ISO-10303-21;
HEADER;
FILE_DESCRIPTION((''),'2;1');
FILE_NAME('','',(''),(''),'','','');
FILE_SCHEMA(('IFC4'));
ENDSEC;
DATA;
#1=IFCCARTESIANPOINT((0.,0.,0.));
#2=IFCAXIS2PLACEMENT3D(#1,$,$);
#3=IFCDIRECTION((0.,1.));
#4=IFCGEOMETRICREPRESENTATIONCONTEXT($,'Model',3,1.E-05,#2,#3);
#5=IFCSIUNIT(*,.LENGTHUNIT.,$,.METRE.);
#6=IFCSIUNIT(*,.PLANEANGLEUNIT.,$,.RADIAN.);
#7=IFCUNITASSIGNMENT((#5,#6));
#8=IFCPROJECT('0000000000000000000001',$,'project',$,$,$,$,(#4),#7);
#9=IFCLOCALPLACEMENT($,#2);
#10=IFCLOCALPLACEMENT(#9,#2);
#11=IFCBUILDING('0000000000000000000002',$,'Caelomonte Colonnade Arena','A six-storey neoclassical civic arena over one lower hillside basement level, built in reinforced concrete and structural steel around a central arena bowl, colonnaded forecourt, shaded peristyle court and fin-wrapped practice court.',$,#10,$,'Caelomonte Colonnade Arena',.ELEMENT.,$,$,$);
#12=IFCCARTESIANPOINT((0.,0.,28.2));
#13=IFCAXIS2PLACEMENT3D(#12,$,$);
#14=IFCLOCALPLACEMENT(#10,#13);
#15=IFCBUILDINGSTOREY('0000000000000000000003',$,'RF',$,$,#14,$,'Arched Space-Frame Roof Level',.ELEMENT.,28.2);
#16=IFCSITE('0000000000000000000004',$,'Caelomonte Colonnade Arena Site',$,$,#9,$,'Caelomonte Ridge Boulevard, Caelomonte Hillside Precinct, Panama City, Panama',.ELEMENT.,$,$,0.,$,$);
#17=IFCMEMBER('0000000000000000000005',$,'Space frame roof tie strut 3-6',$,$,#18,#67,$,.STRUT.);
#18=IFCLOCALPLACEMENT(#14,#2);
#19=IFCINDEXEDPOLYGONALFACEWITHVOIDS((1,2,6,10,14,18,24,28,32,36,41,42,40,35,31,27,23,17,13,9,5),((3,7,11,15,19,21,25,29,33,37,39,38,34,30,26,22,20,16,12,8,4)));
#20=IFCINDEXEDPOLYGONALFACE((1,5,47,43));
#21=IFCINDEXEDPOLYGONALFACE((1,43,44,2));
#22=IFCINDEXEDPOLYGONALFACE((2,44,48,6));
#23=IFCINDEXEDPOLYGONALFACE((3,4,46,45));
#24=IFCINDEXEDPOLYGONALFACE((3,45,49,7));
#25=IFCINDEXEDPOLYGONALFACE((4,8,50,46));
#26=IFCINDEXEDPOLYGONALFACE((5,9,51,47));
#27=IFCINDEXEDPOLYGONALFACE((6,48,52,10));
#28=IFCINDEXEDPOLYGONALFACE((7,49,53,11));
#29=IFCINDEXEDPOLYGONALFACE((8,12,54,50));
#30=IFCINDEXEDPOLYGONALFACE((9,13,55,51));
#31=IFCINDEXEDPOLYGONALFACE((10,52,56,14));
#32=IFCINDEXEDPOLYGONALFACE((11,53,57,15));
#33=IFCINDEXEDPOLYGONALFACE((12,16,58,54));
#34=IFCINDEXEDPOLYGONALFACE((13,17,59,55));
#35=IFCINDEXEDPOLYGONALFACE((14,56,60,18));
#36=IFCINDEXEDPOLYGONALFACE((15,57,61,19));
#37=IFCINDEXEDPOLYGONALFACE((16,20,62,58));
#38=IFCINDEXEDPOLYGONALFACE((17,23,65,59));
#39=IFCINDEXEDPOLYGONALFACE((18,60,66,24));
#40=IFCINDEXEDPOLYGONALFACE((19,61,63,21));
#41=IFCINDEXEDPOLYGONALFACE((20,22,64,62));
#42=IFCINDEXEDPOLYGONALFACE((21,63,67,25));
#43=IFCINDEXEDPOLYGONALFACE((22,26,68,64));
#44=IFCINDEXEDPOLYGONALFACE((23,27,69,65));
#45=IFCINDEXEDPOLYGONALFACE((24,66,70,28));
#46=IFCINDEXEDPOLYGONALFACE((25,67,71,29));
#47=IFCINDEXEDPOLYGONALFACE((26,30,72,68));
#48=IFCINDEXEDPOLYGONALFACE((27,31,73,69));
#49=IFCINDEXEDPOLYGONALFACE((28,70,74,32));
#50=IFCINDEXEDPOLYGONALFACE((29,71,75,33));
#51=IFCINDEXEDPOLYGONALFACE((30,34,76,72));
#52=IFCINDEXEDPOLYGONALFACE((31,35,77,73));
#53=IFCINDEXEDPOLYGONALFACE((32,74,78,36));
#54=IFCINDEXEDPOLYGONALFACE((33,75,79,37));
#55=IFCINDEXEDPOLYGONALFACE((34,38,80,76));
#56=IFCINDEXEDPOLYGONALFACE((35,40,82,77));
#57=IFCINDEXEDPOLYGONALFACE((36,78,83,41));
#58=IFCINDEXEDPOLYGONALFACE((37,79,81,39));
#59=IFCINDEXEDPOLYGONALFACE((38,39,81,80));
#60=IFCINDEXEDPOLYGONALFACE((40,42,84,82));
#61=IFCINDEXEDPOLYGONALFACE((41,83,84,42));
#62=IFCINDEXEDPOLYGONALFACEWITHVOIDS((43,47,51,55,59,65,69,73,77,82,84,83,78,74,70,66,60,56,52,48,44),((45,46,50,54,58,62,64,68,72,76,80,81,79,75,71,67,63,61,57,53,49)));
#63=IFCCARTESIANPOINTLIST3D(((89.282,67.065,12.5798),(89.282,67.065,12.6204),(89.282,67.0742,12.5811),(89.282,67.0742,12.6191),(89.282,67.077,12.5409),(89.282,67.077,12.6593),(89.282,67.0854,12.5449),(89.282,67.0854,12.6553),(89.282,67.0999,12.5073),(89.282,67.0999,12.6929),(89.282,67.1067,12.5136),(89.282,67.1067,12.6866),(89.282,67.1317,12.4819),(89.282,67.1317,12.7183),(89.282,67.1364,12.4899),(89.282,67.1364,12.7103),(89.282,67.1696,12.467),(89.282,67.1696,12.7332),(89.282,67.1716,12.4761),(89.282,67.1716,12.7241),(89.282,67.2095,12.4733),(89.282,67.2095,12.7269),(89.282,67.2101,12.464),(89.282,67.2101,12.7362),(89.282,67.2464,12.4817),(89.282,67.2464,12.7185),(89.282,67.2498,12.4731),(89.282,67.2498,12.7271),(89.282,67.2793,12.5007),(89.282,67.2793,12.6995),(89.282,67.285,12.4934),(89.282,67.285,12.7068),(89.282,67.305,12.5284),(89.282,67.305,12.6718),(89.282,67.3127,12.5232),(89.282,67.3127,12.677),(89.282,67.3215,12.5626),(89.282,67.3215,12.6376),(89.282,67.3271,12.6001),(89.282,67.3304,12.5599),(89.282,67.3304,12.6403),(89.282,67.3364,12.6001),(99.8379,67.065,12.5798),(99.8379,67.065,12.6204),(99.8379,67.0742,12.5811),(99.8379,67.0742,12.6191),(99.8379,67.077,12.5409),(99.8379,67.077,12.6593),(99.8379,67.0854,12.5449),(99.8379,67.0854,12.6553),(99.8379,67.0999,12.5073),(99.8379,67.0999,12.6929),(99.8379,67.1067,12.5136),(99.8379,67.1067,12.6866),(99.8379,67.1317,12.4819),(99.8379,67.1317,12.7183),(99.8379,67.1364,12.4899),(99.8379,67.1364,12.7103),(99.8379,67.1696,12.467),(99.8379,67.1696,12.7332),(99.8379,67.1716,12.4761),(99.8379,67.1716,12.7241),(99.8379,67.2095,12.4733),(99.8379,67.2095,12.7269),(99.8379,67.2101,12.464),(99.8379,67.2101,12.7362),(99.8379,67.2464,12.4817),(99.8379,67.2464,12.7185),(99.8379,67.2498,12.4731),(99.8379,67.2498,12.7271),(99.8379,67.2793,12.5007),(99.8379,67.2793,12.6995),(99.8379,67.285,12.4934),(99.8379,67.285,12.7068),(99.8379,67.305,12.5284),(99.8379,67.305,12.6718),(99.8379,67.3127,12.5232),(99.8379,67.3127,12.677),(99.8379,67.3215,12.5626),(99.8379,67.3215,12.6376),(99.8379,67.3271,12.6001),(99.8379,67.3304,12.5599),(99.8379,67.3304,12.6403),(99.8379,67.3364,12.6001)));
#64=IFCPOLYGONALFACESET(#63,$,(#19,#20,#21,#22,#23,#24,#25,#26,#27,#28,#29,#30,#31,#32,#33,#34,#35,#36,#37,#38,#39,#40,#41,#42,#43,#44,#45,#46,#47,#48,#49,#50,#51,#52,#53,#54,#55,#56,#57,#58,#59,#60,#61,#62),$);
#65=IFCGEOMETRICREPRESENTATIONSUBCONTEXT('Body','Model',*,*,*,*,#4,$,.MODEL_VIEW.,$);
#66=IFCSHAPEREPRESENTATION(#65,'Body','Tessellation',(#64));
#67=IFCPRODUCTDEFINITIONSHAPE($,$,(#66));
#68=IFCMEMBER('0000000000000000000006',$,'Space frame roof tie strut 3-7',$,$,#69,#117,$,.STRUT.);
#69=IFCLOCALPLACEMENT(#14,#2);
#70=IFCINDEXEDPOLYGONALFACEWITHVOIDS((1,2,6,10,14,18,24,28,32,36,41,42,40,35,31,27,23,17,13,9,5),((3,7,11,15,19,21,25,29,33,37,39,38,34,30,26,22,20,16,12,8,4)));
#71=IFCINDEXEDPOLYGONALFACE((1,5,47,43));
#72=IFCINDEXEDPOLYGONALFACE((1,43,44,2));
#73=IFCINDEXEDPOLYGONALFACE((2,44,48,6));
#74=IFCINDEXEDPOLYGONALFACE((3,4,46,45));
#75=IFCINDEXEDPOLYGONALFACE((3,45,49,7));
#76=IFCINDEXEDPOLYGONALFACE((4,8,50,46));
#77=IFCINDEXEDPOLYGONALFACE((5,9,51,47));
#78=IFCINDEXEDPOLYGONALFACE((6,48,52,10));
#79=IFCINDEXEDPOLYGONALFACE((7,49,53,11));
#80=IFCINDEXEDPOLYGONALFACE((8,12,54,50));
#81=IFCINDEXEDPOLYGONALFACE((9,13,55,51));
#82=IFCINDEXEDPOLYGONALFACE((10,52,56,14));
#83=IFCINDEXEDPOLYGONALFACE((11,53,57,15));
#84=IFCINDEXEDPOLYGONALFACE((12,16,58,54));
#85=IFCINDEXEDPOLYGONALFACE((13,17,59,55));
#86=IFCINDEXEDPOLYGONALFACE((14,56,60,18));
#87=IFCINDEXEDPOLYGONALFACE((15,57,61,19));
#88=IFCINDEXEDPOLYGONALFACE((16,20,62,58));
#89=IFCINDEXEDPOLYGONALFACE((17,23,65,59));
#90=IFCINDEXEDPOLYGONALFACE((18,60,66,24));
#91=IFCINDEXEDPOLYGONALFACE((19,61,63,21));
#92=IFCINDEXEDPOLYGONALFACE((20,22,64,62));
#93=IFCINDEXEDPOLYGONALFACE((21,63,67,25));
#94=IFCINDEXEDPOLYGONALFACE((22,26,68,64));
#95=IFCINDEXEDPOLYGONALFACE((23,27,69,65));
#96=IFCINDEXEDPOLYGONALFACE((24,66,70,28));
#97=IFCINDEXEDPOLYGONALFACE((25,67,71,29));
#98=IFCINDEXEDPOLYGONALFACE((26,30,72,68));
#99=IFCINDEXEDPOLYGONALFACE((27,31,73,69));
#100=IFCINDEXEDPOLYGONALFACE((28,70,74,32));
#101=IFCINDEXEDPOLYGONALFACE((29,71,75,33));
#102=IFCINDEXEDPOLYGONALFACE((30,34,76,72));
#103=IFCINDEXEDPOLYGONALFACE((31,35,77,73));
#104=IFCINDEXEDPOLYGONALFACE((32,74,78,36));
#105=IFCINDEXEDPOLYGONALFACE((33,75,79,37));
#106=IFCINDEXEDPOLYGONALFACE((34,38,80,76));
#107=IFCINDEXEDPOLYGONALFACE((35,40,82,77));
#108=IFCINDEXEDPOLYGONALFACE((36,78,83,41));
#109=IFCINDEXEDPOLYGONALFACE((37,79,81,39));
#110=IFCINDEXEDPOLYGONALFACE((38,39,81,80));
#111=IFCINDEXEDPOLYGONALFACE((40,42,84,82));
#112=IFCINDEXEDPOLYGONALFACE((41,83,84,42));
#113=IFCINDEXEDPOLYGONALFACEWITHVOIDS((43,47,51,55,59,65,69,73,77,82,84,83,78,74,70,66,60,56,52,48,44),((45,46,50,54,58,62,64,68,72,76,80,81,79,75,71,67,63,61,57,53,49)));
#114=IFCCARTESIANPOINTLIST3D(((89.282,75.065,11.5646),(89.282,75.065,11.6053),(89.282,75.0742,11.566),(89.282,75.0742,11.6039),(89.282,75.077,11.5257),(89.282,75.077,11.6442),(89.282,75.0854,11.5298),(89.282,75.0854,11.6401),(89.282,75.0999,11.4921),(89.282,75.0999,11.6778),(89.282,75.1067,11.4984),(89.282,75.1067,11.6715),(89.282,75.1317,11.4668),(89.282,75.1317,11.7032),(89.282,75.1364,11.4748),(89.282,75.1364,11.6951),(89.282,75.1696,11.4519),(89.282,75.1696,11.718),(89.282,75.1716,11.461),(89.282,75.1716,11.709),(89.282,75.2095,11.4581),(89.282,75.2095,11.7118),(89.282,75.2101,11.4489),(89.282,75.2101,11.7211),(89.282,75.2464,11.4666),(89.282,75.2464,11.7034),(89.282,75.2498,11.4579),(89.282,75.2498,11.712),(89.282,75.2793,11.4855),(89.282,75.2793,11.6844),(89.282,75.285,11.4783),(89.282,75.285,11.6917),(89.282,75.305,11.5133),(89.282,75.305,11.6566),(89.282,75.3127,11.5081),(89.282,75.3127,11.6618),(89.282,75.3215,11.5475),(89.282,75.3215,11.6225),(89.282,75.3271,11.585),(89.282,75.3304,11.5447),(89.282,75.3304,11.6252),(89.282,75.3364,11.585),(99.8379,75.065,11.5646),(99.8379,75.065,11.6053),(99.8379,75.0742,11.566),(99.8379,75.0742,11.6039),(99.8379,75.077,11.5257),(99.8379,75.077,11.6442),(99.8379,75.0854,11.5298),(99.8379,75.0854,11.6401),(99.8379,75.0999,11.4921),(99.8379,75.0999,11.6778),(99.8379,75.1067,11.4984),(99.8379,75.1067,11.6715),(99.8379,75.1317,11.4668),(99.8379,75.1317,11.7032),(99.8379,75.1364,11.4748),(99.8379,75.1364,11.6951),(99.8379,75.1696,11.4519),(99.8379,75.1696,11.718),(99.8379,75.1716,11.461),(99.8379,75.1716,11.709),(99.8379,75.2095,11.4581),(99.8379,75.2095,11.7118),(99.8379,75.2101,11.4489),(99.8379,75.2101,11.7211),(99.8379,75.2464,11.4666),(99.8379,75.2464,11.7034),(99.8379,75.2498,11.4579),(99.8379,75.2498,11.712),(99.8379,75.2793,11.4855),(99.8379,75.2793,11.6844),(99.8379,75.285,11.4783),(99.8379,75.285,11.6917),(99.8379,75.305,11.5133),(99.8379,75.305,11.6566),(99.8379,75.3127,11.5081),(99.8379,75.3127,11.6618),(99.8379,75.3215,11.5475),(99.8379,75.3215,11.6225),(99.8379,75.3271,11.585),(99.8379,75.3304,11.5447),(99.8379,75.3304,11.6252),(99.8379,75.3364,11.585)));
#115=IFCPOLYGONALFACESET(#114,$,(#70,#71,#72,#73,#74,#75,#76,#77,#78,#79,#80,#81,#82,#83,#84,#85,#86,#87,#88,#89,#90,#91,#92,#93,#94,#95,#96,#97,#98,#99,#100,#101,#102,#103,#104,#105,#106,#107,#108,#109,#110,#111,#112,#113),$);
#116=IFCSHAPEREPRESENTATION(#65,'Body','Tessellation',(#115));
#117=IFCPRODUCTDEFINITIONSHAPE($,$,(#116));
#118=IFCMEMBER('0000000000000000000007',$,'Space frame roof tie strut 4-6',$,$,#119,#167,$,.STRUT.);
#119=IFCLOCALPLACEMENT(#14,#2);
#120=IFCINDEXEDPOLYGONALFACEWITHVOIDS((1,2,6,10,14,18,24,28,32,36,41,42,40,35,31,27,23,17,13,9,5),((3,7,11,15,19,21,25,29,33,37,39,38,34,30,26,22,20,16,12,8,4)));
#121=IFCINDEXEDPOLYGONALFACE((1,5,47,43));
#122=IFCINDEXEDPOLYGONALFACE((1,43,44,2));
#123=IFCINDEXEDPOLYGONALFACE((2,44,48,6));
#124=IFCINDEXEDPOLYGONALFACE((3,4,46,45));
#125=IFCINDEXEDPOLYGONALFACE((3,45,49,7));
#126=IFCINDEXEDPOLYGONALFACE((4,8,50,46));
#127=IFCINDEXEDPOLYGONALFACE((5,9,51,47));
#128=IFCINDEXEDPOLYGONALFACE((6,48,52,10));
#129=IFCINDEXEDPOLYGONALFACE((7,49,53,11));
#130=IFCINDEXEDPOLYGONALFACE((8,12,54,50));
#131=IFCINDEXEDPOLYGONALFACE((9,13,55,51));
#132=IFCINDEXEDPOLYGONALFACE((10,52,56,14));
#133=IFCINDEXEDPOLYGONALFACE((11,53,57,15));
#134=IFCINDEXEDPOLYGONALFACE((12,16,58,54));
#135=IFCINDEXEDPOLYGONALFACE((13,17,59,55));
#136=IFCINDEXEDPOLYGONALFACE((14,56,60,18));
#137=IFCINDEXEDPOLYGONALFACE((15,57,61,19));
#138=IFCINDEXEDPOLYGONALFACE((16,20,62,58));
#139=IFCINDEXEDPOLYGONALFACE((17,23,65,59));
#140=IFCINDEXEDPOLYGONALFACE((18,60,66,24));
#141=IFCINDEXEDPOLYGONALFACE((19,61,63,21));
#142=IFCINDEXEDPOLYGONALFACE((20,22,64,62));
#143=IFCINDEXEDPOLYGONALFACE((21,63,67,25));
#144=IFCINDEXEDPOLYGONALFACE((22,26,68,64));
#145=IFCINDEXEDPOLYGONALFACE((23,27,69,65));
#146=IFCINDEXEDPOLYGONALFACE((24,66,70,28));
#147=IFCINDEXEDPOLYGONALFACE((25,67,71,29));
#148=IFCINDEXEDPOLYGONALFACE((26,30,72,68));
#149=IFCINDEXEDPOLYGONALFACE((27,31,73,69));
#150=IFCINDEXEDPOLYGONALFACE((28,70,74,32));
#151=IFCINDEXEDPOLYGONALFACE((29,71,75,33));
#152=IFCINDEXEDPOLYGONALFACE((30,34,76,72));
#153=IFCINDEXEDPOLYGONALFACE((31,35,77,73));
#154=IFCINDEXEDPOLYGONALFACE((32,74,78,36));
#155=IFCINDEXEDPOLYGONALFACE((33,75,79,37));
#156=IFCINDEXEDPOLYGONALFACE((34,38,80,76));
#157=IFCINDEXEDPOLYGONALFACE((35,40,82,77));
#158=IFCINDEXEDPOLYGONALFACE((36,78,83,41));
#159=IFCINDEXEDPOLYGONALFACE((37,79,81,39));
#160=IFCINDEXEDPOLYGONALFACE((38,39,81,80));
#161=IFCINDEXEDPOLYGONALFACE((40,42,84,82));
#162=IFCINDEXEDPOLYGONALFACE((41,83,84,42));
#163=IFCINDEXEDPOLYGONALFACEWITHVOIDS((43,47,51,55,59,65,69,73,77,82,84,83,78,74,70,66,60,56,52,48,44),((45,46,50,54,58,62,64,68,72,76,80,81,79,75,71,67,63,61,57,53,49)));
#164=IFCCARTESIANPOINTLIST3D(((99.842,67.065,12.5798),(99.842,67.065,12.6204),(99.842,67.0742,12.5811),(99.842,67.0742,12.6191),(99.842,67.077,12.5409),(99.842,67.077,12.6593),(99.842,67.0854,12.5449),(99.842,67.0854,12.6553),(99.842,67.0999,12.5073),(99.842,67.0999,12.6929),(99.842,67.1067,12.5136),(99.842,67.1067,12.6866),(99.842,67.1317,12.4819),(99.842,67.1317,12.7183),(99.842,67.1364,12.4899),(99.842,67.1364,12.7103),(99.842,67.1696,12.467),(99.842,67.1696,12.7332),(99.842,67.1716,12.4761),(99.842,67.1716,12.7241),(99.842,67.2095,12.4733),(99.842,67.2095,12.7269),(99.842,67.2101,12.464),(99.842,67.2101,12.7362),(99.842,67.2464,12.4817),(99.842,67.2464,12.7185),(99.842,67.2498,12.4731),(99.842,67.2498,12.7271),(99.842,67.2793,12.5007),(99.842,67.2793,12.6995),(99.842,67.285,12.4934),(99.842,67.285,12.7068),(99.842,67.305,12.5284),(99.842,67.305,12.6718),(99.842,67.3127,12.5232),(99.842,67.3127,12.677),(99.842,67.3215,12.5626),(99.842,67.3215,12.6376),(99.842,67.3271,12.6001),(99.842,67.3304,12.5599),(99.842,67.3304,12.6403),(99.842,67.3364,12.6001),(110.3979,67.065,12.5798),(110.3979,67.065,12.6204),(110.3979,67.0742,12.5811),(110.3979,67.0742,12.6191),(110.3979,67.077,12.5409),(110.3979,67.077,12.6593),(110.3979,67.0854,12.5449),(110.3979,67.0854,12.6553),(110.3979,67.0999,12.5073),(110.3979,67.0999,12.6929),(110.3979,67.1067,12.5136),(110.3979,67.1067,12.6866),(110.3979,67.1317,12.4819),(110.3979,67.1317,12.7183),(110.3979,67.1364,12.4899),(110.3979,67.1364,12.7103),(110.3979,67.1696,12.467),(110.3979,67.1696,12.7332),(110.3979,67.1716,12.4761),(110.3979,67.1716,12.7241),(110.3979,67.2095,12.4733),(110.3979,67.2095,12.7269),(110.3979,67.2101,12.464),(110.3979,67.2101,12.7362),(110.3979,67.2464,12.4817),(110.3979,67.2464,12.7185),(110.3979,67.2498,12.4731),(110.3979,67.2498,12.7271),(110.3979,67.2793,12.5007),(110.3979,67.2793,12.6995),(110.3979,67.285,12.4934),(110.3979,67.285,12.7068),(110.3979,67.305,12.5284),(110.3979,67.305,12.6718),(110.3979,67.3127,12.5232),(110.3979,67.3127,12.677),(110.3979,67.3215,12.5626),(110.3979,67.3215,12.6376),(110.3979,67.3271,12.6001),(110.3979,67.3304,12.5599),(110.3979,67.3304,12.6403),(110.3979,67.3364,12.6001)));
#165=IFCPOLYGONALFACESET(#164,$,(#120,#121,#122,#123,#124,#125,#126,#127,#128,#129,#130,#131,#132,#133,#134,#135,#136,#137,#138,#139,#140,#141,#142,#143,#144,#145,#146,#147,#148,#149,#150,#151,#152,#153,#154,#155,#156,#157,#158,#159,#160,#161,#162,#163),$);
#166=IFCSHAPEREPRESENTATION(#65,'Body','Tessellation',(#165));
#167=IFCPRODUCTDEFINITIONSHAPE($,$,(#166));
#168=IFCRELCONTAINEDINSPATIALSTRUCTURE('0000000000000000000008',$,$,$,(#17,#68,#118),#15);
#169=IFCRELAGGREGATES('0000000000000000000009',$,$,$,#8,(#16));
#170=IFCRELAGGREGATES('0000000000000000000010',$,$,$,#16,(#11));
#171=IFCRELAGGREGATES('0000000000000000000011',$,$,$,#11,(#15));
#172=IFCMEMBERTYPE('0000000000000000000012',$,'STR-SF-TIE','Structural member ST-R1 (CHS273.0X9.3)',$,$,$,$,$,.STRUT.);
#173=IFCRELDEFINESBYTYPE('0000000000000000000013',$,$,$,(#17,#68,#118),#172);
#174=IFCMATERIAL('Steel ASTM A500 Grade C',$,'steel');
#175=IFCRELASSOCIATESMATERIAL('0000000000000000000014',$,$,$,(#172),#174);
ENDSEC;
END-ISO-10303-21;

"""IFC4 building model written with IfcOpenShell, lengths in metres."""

from ifc_helpers import new_model, si_unit, direction, frame, origin, origin_2d, place, context, subcontext, project, spatial, hollow_circle, extrude, material, material_profile, profile_set, type_object, element, save


model = new_model("IFC4")

# Units and contexts
model_context = context("Model", 3, precision=1e-05, world=origin(), true_north=direction((0.0, 1.0)))
body_context = subcontext(model_context, "Body", "Model", "MODEL_VIEW")
ifc_project = project(units=[si_unit("LENGTHUNIT", "METRE"), si_unit("PLANEANGLEUNIT", "RADIAN")], contexts=[model_context])

# Site, building, storey
site_placement = place(None, origin())
site = spatial("IfcSite", under=ifc_project, at=site_placement, Name="Caelomonte Colonnade Arena Site", LongName="Caelomonte Ridge Boulevard, Caelomonte Hillside Precinct, Panama City, Panama", CompositionType="ELEMENT", RefElevation=0.0)
building_placement = place(site_placement, origin())
building = spatial("IfcBuilding", under=site, at=building_placement, Name="Caelomonte Colonnade Arena", Description="A six-storey neoclassical civic arena over one lower hillside basement level, built in reinforced concrete and structural steel around a central arena bowl, colonnaded forecourt, shaded peristyle court and fin-wrapped practice court.", LongName="Caelomonte Colonnade Arena", CompositionType="ELEMENT")
storey_placement = place(building_placement, frame((0.0, 0.0, 28.2)))
storey = spatial("IfcBuildingStorey", under=building, at=storey_placement, Name="RF", LongName="Arched Space-Frame Roof Level", CompositionType="ELEMENT", Elevation=28.2)

# Members
ifc_material_1 = material(Name="Steel ASTM A500 Grade C", Category="steel")
ifc_material_profile_1 = material_profile(ifc_material_1, hollow_circle(Radius=0.1365, WallThickness=0.0093, at=origin_2d()), Name="CHS273.0X9.3")
ifc_profile_set_1 = profile_set([ifc_material_profile_1], Name="Steel ASTM A500 Grade C")
member_type_1 = type_object("IfcMemberType", Name="STR-SF-TIE", Description="Structural member ST-R1 (CHS273.0X9.3)", PredefinedType="STRUT", material=ifc_profile_set_1)
for number, where, z_axis, x_axis, name in (
    (1, (89.282, 67.2, 12.6001), (1.0, 0.0, 0.0), (0.0, 1.0, 0.0), "Space frame roof tie strut 3-6"),
    (2, (89.282, 75.2, 11.585), (1.0, 0.0, 0.0), (0.0, 1.0, 0.0), "Space frame roof tie strut 3-7"),
    (3, (99.842, 67.2, 12.6001), (1.0, 0.0, 0.0), (0.0, 1.0, 0.0), "Space frame roof tie strut 4-6"),
):
    element("IfcMember", number, at=place(storey_placement, frame(where, z_axis=z_axis, x_axis=x_axis)), inside=storey, type_object=member_type_1, Name=name, PredefinedType="STRUT", context=body_context, shape_type="SweptSolid", body=[
        extrude(hollow_circle(Radius=0.1365, WallThickness=0.0093, at=origin_2d()), origin(), (0.0, 0.0, 1.0), 10.5559),
    ])

save(model, "model.ifc")
